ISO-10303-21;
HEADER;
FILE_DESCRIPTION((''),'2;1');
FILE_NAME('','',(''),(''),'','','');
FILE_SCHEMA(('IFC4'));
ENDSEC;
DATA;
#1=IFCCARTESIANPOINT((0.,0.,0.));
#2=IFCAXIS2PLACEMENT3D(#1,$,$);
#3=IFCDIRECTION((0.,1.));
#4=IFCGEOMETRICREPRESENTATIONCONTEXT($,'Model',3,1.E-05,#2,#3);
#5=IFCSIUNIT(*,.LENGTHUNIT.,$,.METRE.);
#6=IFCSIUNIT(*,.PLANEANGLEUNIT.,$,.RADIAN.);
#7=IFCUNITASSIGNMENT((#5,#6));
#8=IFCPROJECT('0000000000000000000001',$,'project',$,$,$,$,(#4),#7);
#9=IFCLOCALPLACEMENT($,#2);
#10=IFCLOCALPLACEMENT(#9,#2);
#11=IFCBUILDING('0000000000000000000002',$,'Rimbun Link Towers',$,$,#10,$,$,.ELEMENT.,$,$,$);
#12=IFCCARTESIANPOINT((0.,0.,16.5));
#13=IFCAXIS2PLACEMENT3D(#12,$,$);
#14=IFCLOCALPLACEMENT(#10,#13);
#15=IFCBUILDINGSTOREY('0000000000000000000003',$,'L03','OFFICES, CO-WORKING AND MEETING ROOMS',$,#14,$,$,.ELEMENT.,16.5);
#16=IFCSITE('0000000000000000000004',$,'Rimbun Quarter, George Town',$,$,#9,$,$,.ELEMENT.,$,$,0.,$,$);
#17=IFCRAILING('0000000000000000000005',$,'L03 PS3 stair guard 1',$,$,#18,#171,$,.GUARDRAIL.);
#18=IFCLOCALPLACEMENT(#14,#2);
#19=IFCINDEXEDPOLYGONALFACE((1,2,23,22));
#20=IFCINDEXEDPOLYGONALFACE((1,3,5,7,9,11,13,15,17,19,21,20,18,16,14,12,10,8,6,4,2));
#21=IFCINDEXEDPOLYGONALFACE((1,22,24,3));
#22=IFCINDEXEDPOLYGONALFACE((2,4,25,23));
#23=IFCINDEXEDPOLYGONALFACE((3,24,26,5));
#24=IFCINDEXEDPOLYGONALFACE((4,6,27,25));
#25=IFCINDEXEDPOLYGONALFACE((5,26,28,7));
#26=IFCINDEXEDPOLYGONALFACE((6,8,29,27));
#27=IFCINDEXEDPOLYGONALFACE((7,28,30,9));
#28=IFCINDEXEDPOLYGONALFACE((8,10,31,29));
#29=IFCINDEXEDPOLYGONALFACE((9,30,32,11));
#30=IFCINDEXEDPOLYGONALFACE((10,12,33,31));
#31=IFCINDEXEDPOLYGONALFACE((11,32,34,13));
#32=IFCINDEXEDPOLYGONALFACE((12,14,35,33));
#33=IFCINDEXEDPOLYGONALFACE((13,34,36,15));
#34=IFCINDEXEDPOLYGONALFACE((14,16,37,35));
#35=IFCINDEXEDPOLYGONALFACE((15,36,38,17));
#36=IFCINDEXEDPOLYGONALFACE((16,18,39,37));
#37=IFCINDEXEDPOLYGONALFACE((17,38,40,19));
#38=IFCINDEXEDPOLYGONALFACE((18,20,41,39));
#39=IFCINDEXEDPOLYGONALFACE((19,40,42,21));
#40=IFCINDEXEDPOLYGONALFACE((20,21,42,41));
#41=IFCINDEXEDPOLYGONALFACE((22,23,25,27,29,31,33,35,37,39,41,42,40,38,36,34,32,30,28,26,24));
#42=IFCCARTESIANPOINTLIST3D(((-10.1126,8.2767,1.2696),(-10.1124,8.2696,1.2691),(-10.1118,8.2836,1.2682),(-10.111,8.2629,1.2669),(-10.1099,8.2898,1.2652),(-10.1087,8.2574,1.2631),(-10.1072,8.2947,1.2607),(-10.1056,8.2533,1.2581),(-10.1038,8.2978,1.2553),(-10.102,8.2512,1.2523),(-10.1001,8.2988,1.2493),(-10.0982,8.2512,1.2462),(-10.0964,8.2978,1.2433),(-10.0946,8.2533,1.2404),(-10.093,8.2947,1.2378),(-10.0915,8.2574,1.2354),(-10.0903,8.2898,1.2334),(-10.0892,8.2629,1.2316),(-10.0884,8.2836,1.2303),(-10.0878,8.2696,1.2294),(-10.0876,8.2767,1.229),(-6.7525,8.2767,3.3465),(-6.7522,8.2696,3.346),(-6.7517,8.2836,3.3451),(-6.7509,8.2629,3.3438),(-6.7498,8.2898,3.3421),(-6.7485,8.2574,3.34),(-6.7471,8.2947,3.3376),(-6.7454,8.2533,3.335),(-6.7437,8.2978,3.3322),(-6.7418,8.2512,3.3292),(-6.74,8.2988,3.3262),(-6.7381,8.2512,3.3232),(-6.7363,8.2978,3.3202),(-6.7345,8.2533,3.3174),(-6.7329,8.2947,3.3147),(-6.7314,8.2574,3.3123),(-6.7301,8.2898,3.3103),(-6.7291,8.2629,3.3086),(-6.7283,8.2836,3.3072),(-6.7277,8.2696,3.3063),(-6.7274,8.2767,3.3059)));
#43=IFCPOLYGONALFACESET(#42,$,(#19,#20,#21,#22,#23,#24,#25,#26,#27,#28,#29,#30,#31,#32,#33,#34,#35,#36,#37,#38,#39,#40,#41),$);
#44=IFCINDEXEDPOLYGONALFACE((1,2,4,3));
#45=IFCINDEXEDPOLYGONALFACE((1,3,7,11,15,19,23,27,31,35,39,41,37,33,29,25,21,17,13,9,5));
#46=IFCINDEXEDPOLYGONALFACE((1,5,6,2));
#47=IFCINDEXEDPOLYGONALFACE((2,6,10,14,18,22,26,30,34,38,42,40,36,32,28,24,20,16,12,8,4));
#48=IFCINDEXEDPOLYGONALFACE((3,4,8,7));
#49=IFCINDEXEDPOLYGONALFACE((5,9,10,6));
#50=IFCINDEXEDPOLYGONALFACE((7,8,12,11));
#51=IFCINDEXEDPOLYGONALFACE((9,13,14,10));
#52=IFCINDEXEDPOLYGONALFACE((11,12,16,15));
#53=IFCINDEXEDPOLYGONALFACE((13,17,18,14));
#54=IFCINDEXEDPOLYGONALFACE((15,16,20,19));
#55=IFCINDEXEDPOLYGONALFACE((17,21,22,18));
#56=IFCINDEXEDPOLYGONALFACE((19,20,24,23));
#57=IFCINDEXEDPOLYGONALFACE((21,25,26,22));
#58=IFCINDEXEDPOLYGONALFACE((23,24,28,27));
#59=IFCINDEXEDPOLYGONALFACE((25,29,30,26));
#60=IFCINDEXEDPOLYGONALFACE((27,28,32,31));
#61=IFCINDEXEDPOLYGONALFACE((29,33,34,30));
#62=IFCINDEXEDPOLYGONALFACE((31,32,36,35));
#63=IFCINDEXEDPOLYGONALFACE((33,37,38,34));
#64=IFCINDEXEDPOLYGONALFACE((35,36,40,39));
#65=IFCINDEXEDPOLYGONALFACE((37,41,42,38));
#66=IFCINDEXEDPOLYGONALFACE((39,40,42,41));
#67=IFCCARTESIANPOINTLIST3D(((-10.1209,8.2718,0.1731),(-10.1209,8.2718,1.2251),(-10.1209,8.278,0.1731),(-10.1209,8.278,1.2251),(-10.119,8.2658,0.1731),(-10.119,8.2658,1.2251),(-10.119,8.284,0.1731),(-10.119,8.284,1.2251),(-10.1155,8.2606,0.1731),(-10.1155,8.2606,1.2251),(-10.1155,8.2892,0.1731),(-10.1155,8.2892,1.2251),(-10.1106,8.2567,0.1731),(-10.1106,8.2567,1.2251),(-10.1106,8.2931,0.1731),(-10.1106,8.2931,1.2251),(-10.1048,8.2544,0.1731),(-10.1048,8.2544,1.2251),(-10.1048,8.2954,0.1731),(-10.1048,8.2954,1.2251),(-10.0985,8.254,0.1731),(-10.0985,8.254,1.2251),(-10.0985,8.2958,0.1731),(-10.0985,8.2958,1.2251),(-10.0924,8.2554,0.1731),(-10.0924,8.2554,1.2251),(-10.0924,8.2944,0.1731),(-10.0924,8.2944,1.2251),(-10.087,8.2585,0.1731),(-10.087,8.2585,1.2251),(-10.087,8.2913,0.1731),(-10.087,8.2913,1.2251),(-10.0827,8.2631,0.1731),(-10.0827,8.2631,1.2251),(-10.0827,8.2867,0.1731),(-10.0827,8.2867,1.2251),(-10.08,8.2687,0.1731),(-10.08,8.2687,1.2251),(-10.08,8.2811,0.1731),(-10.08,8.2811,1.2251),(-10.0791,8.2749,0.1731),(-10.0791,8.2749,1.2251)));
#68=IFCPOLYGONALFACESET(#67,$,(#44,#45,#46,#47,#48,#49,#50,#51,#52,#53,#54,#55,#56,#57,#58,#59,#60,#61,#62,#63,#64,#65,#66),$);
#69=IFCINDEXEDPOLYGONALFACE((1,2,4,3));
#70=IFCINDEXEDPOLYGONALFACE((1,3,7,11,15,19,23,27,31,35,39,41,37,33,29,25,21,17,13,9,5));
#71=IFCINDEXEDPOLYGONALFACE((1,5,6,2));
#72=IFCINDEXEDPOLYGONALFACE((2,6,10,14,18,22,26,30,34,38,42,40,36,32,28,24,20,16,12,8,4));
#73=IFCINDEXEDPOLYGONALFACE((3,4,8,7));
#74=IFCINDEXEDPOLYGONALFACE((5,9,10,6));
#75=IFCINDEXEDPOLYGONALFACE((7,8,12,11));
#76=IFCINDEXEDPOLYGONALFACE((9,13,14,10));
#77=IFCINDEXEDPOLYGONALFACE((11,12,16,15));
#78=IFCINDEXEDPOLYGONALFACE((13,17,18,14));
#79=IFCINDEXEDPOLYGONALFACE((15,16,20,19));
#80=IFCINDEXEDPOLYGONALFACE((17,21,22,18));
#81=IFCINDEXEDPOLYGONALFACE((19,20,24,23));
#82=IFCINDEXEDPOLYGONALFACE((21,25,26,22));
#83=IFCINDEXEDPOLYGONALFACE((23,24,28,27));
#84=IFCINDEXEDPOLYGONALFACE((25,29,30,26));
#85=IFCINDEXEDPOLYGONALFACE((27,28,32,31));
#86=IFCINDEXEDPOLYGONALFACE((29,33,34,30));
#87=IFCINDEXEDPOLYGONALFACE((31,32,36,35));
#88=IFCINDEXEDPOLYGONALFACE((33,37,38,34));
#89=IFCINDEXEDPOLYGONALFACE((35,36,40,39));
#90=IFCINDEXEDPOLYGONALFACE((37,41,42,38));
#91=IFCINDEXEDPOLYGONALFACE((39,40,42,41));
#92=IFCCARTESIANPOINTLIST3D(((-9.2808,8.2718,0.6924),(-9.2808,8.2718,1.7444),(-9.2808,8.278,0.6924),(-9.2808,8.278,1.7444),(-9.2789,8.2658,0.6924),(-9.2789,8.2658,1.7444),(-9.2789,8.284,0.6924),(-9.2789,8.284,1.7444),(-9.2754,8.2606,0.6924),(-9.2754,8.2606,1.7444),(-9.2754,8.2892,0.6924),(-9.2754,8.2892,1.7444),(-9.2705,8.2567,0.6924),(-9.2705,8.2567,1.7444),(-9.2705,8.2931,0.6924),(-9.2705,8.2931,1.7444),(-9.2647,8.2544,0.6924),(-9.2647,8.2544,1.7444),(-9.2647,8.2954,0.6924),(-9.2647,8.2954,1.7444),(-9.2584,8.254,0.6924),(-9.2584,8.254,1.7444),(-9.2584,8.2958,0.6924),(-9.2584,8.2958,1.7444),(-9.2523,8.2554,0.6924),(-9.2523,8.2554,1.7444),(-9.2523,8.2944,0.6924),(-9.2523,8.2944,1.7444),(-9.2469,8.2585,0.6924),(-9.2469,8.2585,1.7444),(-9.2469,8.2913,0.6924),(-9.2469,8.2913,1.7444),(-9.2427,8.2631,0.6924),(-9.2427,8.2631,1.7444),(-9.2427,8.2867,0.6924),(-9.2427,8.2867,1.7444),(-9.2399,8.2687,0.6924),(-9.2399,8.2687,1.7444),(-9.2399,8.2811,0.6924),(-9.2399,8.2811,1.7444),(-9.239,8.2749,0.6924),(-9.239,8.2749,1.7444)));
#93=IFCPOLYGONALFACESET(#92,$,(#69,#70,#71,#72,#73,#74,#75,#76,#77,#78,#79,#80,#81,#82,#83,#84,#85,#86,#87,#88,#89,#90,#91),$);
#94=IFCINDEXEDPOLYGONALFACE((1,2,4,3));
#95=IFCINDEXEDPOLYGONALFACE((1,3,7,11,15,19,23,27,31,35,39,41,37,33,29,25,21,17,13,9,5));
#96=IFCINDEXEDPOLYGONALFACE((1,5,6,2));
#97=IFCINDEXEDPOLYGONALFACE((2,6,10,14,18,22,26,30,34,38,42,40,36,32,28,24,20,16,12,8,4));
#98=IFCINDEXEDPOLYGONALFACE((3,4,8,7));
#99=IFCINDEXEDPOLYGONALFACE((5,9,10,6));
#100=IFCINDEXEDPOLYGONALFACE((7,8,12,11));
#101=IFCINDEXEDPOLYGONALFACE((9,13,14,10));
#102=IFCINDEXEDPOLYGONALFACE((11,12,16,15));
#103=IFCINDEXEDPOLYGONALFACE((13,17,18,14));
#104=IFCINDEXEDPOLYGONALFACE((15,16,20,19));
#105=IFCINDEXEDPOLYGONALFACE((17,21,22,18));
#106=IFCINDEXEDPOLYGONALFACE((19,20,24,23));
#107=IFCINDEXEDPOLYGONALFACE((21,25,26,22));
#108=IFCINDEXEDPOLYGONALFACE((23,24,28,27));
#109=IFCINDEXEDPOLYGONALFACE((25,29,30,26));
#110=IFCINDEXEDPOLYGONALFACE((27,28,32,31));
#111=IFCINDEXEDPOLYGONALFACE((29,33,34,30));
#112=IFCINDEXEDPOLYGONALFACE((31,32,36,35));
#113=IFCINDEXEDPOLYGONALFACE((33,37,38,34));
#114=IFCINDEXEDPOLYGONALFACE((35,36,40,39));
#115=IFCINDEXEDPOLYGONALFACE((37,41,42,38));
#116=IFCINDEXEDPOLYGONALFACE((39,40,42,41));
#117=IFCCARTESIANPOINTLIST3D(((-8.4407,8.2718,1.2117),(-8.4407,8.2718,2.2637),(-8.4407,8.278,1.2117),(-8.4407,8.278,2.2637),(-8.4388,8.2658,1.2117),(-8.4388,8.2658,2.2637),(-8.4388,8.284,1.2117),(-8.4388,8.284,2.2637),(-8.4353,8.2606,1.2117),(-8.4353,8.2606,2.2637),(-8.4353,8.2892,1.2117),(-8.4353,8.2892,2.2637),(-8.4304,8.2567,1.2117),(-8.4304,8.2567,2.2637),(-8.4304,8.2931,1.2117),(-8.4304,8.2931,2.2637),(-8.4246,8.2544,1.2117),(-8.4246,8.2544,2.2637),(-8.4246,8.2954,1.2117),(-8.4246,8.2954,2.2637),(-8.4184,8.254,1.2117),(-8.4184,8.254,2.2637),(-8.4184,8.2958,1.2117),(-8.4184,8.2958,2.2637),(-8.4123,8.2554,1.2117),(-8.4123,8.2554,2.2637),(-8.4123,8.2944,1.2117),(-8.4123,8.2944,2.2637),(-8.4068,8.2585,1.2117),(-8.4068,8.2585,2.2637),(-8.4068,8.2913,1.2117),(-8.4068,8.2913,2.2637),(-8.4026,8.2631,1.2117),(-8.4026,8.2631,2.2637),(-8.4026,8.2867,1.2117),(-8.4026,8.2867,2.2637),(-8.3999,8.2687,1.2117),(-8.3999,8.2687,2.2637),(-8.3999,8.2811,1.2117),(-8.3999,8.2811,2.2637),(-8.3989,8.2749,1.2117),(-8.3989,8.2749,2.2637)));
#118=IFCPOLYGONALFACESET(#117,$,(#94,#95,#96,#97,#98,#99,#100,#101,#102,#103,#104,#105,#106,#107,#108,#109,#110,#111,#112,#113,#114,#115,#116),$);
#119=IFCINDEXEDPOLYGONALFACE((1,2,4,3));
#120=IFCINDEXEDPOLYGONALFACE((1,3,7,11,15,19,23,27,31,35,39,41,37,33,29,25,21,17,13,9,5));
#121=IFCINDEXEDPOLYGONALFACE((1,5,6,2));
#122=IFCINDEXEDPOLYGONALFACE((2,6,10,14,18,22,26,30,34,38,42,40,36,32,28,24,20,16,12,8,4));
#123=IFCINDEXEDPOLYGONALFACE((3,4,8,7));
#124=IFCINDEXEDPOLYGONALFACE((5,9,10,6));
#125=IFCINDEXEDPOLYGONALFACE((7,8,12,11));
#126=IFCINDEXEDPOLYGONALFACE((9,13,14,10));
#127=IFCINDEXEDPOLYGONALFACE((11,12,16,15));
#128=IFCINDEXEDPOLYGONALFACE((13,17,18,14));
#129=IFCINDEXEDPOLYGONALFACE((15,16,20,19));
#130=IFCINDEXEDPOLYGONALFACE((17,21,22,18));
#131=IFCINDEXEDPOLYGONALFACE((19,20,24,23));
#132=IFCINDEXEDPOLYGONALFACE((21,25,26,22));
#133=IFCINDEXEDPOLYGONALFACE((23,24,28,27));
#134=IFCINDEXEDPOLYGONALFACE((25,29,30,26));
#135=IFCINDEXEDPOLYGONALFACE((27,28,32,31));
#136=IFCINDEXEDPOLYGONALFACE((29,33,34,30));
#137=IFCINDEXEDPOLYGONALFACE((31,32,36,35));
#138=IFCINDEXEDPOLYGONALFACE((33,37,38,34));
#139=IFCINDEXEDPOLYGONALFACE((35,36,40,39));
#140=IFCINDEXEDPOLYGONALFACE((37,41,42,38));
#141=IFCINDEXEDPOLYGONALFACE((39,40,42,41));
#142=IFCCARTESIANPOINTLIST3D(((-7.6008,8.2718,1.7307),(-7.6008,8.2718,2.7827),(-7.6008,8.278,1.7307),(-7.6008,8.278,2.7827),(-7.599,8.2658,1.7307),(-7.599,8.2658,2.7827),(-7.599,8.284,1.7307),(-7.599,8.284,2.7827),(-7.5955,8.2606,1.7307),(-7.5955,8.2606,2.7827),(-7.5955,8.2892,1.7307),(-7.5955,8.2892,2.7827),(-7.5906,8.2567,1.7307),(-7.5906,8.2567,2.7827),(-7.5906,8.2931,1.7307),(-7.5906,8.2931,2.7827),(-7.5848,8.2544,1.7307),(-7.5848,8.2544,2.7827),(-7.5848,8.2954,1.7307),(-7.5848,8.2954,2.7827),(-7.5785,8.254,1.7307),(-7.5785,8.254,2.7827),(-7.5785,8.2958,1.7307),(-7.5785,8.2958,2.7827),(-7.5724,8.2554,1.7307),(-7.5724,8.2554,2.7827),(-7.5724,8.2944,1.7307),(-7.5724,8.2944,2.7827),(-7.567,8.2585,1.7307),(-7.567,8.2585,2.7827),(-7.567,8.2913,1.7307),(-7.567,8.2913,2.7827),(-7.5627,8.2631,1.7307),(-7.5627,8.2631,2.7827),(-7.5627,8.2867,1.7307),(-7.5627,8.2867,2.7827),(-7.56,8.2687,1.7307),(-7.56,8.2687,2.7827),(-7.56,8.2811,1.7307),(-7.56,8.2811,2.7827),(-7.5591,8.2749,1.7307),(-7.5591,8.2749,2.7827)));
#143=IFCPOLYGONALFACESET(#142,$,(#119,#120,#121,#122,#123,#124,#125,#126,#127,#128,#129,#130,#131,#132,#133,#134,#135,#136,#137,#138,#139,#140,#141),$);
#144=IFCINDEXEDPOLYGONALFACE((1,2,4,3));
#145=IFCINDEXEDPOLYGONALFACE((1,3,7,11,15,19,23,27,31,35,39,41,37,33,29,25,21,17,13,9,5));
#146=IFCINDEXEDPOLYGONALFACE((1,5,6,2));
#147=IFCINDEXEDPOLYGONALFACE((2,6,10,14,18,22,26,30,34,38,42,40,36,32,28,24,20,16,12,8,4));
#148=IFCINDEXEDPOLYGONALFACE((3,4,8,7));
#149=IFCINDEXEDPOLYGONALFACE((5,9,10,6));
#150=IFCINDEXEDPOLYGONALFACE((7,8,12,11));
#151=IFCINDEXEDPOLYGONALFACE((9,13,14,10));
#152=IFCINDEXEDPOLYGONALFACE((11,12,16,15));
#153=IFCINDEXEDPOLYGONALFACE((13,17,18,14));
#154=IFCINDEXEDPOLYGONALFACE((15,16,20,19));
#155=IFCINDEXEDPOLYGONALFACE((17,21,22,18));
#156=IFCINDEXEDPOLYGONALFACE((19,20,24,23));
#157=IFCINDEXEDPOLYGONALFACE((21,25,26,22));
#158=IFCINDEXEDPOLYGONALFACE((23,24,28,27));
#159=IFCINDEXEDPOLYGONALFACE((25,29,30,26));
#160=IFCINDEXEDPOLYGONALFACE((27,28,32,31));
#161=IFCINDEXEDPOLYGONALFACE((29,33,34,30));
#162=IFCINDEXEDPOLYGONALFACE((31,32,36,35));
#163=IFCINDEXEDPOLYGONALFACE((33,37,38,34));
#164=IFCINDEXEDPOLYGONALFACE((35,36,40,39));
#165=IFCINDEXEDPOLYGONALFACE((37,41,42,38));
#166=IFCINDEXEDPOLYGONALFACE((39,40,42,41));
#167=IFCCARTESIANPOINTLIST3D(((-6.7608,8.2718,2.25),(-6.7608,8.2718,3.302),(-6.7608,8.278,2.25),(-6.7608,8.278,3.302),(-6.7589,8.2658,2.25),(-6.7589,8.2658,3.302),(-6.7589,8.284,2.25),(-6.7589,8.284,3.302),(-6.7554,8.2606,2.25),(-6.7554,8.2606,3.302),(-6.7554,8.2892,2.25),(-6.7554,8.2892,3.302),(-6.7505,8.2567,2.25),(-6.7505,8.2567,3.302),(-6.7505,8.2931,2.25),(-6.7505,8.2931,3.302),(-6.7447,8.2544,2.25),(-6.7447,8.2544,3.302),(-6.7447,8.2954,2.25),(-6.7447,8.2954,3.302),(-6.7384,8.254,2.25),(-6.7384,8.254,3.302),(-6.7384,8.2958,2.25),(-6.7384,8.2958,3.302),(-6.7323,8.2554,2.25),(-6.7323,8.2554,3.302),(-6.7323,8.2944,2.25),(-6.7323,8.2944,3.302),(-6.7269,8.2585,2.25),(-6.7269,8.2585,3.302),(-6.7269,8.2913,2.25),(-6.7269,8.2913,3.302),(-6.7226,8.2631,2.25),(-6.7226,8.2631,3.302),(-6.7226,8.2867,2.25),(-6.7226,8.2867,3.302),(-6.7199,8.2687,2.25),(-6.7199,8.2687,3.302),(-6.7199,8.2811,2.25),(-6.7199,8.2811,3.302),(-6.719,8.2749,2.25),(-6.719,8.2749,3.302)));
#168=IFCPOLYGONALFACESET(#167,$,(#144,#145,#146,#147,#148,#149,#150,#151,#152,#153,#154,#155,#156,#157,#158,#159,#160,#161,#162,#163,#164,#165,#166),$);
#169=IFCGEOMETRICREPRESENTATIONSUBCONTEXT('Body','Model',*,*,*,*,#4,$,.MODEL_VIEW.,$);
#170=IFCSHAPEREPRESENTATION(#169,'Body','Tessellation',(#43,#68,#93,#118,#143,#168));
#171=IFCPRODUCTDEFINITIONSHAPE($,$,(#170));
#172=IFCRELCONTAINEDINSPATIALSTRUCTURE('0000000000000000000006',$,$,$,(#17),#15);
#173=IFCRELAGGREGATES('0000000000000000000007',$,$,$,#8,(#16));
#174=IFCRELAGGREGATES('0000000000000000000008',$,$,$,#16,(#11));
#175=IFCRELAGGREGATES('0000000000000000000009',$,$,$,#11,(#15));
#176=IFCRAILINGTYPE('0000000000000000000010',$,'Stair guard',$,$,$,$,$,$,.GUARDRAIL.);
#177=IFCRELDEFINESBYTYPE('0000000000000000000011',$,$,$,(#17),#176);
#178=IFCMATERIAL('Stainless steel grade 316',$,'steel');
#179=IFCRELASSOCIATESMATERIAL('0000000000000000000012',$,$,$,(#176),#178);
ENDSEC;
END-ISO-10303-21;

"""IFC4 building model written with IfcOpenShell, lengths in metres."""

from ifc_helpers import new_model, si_unit, direction, frame, origin, origin_2d, place, context, subcontext, project, spatial, circle, extrude, material, type_object, element, save


model = new_model("IFC4")

# Units and contexts
model_context = context("Model", 3, precision=1e-05, world=origin(), true_north=direction((0.0, 1.0)))
body_context = subcontext(model_context, "Body", "Model", "MODEL_VIEW")
ifc_project = project(units=[si_unit("LENGTHUNIT", "METRE"), si_unit("PLANEANGLEUNIT", "RADIAN")], contexts=[model_context])

# Site, building, storey
site_placement = place(None, origin())
site = spatial("IfcSite", under=ifc_project, at=site_placement, Name="Rimbun Quarter, George Town", CompositionType="ELEMENT", RefElevation=0.0)
building_placement = place(site_placement, origin())
building = spatial("IfcBuilding", under=site, at=building_placement, Name="Rimbun Link Towers", CompositionType="ELEMENT")
storey_placement = place(building_placement, frame((0.0, 0.0, 16.5)))
storey = spatial("IfcBuildingStorey", under=building, at=storey_placement, Name="L03", Description="OFFICES, CO-WORKING AND MEETING ROOMS", CompositionType="ELEMENT", Elevation=16.5)

# Railing
ifc_material_1 = material(Name="Stainless steel grade 316", Category="steel")
railing_type_1 = type_object("IfcRailingType", Name="Stair guard", PredefinedType="GUARDRAIL", material=ifc_material_1)
railing_1_placement = place(storey_placement, frame((-10.1001, 8.2749, 0.1731)))
element("IfcRailing", 1, at=railing_1_placement, inside=storey, type_object=railing_type_1, Name="L03 PS3 stair guard 1", PredefinedType="GUARDRAIL", context=body_context, shape_type="SweptSolid", body=[
    extrude(circle(Radius=0.0239, at=origin_2d()), frame((0.0, 0.0, 1.0762), z_axis=(0.850623, 0.0, 0.525776), x_axis=(0.0, 1.0, 0.0)), (0.0, 0.0, 1.0), 3.9502),
    extrude(circle(Radius=0.021, at=origin_2d()), origin(), (0.0, 0.0, 1.0), 1.052),
    extrude(circle(Radius=0.021, at=origin_2d()), frame((0.8401, 0.0, 0.5193)), (0.0, 0.0, 1.0), 1.052),
    extrude(circle(Radius=0.021, at=origin_2d()), frame((1.6802, 0.0, 1.0386)), (0.0, 0.0, 1.0), 1.052),
    extrude(circle(Radius=0.021, at=origin_2d()), frame((2.52, 0.0, 1.5576)), (0.0, 0.0, 1.0), 1.052),
    extrude(circle(Radius=0.021, at=origin_2d()), frame((3.3601, 0.0, 2.0769)), (0.0, 0.0, 1.0), 1.052),
])

save(model, "model.ifc")
